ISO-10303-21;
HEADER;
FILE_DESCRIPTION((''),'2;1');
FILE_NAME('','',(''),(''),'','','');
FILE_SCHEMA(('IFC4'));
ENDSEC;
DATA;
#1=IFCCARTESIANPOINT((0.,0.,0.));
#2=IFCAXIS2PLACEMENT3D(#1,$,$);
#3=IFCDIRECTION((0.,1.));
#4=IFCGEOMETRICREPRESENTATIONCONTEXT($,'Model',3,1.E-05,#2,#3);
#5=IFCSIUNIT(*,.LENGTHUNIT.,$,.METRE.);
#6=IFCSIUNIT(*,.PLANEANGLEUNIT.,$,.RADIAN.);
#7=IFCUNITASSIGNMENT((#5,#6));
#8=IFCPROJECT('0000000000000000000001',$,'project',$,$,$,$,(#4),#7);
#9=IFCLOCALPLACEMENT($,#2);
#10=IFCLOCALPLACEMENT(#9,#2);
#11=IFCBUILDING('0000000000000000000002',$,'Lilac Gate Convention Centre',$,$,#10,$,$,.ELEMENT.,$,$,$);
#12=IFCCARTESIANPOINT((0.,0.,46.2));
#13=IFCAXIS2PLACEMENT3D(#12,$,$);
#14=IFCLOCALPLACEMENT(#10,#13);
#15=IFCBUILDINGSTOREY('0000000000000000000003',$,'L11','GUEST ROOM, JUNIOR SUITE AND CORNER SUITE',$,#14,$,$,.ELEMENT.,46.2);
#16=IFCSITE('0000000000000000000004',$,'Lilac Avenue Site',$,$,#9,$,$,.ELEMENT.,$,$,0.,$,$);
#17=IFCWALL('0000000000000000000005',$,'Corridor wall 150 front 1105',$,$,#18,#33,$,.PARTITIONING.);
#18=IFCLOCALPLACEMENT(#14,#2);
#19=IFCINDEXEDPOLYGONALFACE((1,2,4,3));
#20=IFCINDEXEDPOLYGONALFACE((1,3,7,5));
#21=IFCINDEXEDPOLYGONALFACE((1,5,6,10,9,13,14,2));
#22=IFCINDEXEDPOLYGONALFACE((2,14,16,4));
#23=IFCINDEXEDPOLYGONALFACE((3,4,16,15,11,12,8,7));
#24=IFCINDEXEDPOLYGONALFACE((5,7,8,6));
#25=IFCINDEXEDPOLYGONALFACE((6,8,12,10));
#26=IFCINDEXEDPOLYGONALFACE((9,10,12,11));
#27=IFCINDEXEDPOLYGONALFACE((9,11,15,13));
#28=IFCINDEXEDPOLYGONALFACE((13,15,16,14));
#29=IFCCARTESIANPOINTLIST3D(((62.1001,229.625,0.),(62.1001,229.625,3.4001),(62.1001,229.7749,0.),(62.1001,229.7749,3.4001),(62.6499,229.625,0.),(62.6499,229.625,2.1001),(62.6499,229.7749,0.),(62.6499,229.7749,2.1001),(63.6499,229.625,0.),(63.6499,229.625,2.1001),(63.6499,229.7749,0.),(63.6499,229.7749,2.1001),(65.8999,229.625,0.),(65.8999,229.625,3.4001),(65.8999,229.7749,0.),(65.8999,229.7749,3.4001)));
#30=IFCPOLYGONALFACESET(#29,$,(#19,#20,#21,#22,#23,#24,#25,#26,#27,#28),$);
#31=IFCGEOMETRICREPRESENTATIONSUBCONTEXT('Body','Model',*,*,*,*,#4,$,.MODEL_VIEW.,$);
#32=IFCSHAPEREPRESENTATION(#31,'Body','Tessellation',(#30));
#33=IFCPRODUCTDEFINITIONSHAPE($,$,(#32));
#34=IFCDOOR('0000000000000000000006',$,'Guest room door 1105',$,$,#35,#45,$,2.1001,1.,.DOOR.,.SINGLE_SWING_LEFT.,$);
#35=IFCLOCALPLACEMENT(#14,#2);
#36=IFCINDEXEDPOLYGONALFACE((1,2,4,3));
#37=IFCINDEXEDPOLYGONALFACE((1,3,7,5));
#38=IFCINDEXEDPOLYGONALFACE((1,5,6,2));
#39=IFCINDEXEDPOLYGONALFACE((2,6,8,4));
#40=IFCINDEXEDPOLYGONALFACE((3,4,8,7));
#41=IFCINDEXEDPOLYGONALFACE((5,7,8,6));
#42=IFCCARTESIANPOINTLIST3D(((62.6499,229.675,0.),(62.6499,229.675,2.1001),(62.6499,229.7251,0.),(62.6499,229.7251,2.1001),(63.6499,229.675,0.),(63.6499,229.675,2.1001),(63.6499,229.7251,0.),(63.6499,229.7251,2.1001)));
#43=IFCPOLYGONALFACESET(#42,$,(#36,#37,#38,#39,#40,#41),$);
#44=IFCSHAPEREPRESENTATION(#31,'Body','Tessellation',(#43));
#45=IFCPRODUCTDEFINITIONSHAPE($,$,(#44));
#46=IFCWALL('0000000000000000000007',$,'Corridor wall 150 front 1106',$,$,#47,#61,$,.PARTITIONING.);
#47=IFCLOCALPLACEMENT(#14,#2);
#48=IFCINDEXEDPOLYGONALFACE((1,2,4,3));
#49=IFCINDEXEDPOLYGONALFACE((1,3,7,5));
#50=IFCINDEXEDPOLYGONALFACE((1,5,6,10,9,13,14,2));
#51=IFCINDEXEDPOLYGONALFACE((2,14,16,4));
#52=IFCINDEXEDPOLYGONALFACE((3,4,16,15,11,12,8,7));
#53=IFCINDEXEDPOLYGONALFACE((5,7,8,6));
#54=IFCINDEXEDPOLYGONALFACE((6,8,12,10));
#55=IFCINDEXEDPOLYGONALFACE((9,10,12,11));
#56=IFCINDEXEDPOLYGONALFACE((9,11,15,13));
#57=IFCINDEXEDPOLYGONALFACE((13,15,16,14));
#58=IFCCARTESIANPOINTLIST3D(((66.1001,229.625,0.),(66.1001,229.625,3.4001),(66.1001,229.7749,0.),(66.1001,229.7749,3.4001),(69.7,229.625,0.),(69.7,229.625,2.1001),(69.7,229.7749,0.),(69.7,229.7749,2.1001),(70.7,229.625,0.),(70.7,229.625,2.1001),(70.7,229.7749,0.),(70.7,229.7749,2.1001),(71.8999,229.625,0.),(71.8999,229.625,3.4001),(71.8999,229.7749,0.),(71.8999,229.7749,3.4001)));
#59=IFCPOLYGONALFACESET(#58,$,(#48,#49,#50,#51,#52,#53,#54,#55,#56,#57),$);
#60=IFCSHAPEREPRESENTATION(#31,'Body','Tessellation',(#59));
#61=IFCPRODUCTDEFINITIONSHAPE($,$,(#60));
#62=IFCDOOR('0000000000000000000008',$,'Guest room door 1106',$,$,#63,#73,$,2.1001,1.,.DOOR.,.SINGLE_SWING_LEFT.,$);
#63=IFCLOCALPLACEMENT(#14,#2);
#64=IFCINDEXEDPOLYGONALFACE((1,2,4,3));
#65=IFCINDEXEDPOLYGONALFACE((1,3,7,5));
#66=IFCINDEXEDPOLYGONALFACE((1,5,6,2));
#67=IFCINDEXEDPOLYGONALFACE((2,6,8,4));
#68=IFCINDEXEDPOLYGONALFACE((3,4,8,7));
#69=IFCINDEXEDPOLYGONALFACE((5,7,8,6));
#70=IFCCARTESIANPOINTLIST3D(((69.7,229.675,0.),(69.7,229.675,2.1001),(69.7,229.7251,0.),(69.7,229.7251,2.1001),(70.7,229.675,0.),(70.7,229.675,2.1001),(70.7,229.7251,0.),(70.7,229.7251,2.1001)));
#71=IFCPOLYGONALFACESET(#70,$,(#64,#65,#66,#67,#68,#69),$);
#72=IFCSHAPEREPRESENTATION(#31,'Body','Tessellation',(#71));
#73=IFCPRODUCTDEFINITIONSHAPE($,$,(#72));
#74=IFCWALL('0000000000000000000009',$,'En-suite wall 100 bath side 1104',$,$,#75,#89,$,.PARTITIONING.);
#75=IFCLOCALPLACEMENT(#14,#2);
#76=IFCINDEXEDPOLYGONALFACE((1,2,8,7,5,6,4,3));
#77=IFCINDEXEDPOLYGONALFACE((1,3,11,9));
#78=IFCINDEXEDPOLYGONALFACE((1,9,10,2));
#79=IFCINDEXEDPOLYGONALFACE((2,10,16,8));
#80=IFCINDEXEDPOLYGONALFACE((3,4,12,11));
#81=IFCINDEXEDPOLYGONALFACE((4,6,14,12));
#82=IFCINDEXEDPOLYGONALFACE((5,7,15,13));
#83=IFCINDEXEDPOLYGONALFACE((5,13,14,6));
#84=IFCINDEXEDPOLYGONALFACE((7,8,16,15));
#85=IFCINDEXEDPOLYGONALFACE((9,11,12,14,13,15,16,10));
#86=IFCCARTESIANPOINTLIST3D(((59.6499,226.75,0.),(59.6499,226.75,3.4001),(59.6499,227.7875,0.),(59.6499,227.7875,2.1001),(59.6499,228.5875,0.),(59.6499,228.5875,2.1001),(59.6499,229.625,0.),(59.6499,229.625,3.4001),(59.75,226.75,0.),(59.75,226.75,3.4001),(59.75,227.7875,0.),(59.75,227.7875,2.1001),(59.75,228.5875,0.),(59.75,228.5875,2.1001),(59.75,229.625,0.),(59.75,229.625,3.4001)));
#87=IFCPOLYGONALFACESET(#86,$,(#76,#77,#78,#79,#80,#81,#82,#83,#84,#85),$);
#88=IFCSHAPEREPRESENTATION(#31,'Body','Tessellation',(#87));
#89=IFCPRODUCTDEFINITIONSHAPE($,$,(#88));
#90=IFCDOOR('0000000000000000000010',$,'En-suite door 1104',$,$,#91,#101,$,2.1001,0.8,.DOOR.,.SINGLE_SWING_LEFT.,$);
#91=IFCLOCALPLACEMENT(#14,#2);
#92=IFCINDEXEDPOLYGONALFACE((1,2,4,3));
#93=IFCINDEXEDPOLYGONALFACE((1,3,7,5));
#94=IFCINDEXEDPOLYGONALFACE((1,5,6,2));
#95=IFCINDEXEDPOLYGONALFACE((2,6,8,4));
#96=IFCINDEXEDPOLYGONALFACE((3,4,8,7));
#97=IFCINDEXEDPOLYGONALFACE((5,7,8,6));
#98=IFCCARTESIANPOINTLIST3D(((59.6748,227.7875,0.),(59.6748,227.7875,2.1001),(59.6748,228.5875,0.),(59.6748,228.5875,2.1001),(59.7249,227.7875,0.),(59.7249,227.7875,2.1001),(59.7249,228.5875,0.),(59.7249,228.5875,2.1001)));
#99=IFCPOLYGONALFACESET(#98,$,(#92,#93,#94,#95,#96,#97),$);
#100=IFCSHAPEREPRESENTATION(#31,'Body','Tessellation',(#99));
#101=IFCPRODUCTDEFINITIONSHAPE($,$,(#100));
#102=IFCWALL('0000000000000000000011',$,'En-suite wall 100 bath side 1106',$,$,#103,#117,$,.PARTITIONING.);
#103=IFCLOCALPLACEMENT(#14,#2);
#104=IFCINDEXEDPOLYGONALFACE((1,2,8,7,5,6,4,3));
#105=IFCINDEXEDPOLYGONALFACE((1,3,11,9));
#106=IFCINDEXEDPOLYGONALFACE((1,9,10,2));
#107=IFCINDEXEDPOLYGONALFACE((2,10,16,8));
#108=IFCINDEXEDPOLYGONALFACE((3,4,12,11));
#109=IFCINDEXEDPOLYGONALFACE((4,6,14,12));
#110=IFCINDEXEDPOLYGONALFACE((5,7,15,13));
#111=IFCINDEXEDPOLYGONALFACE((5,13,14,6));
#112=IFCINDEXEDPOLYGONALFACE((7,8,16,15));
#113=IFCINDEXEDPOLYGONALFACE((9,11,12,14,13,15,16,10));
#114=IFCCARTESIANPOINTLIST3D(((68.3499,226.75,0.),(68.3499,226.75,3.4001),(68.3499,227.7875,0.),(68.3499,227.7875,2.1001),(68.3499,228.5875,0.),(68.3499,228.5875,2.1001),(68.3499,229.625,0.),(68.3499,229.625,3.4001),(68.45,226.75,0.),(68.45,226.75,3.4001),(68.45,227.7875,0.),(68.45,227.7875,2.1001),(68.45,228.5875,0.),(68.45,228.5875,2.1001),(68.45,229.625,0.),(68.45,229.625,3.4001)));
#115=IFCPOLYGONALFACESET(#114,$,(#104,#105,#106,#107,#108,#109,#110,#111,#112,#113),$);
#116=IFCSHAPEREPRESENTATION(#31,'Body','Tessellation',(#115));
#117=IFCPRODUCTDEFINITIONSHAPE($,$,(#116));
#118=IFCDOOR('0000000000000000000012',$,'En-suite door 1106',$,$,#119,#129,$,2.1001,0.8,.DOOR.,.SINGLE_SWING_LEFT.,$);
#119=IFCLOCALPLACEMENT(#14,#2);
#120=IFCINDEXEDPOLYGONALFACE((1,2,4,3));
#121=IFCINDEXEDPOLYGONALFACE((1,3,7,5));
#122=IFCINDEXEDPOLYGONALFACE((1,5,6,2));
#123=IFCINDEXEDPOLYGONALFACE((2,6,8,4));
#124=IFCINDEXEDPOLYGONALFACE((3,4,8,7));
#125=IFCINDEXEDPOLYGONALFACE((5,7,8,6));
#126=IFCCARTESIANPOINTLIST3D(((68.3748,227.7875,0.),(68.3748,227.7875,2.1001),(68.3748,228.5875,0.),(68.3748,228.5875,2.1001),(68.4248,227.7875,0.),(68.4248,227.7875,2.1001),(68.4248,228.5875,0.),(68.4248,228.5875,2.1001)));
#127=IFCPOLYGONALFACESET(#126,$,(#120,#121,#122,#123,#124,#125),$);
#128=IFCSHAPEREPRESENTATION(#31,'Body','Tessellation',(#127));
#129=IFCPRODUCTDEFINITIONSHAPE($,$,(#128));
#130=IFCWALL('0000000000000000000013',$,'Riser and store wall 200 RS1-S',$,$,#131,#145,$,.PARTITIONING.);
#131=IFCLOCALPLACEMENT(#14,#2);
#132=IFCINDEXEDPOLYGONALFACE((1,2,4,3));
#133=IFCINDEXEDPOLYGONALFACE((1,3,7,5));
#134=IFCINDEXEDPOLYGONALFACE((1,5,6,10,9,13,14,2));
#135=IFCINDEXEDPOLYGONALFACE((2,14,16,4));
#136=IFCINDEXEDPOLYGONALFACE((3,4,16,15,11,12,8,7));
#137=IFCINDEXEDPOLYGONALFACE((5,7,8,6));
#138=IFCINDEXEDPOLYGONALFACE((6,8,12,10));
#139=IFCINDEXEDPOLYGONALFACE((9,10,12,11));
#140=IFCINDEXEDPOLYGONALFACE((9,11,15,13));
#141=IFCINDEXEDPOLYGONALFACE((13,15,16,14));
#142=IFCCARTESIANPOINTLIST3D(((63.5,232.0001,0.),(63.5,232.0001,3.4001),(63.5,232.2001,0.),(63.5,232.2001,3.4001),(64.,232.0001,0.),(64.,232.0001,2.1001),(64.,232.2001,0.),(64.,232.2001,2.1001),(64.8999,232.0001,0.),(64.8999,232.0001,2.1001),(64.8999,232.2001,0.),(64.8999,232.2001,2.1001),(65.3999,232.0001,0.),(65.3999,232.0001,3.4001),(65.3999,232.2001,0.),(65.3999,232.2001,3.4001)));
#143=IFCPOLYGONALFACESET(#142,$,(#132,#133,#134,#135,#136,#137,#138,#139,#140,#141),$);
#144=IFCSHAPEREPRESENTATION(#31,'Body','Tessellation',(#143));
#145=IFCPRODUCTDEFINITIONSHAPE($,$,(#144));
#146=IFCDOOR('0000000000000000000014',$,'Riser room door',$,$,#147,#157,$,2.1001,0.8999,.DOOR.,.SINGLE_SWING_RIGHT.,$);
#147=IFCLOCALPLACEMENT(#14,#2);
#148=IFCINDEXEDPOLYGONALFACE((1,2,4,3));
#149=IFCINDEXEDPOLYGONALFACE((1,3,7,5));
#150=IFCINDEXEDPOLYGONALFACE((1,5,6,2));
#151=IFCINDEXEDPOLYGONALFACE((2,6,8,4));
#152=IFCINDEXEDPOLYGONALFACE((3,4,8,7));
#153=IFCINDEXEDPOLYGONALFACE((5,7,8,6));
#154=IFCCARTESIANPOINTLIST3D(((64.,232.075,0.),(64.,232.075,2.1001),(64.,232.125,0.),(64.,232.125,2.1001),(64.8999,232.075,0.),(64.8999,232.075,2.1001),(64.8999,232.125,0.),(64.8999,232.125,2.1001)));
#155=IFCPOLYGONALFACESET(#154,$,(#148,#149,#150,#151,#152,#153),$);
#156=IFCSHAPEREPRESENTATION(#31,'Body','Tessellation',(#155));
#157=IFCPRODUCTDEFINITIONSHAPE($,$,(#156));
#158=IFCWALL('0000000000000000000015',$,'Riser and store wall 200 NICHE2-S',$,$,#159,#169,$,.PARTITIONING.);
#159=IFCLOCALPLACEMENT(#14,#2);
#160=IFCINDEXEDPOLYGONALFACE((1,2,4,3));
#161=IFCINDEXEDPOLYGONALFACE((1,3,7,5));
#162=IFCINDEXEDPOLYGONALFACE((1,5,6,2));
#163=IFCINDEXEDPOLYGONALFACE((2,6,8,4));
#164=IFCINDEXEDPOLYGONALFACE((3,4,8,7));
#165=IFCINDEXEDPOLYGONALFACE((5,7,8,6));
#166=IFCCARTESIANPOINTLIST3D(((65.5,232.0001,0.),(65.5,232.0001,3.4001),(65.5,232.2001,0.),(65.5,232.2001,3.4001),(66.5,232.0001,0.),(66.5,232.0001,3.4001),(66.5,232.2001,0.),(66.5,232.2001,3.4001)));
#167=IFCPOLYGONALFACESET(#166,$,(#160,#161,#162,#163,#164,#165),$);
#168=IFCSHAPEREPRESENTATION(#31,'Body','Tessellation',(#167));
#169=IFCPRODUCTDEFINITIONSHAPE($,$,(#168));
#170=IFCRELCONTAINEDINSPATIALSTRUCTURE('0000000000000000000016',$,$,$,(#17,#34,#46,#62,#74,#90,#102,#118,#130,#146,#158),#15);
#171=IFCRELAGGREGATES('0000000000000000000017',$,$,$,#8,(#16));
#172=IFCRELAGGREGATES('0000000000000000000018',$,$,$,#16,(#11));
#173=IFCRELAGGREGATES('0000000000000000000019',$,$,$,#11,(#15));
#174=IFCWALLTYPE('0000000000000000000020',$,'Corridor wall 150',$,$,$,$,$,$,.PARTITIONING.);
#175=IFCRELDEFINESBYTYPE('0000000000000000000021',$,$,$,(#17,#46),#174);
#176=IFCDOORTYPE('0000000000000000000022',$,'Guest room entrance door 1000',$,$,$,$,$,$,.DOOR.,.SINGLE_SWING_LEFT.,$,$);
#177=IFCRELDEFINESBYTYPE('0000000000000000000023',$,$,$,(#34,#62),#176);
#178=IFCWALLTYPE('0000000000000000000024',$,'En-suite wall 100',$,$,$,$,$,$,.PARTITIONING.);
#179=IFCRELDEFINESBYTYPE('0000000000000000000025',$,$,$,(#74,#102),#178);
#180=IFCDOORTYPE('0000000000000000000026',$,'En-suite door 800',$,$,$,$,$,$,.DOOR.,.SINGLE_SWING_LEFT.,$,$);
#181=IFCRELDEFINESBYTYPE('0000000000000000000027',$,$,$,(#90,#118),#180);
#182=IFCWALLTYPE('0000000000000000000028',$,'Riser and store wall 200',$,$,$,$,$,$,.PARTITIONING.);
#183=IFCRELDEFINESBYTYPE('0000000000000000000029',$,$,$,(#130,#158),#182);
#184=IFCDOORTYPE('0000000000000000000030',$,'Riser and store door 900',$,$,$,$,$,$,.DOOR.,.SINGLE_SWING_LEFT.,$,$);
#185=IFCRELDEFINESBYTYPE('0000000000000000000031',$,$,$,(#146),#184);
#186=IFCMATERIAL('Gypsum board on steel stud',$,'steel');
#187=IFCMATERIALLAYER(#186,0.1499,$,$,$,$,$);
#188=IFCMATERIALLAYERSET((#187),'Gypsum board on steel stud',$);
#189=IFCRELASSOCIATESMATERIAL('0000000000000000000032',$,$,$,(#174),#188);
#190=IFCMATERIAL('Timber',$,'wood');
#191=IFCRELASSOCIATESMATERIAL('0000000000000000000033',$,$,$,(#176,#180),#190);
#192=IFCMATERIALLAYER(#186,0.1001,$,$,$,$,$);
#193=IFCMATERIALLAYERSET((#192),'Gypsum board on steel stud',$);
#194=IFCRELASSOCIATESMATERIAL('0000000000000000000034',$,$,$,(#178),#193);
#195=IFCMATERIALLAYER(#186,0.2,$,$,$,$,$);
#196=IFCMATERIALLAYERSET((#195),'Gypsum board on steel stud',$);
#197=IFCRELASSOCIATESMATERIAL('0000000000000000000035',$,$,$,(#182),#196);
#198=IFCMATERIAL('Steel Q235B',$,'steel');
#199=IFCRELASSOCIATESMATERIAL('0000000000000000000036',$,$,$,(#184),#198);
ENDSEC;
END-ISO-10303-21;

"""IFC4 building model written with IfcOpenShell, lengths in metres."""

from ifc_helpers import new_model, si_unit, direction, frame, frame_2d, origin, place, context, subcontext, project, spatial, rectangle, extrude, material, layer, layer_set, type_object, element, fill, save


model = new_model("IFC4")

# Units and contexts
model_context = context("Model", 3, precision=1e-05, world=origin(), true_north=direction((0.0, 1.0)))
body_context = subcontext(model_context, "Body", "Model", "MODEL_VIEW")
ifc_project = project(units=[si_unit("LENGTHUNIT", "METRE"), si_unit("PLANEANGLEUNIT", "RADIAN")], contexts=[model_context])

# Site, building, storey
site_placement = place(None, origin())
site = spatial("IfcSite", under=ifc_project, at=site_placement, Name="Lilac Avenue Site", CompositionType="ELEMENT", RefElevation=0.0)
building_placement = place(site_placement, origin())
building = spatial("IfcBuilding", under=site, at=building_placement, Name="Lilac Gate Convention Centre", CompositionType="ELEMENT")
storey_placement = place(building_placement, frame((0.0, 0.0, 46.2)))
storey = spatial("IfcBuildingStorey", under=building, at=storey_placement, Name="L11", Description="GUEST ROOM, JUNIOR SUITE AND CORNER SUITE", CompositionType="ELEMENT", Elevation=46.2)

# Walls, openings, doors
ifc_material_1 = material(Name="Gypsum board on steel stud", Category="steel")
ifc_layer_1 = layer(ifc_material_1, 0.1499)
ifc_layer_set_1 = layer_set([ifc_layer_1], Name="Gypsum board on steel stud")
wall_type_1 = type_object("IfcWallType", Name="Corridor wall 150", PredefinedType="PARTITIONING", material=ifc_layer_set_1)
ifc_material_2 = material(Name="Timber", Category="wood")
door_type_1 = type_object("IfcDoorType", Name="Guest room entrance door 1000", OperationType="SINGLE_SWING_LEFT", PredefinedType="DOOR", material=ifc_material_2)
wall_1_placement = place(storey_placement, frame((65.8999, 229.7, 0.0), z_axis=(0.0, 0.0, 1.0), x_axis=(-1.0, 0.0, 0.0)))
wall_1 = element("IfcWall", 1, at=wall_1_placement, inside=storey, type_object=wall_type_1, Name="Corridor wall 150 front 1105", PredefinedType="PARTITIONING", context=body_context, shape_type="SweptSolid", body=[
    extrude(rectangle(XDim=3.7998, YDim=0.1499, at=frame_2d((1.8999, 0.0))), origin(), (0.0, 0.0, 1.0), 3.4001),
])
opening_1_placement = place(wall_1_placement, frame((2.25, 0.0, 0.0)))
opening_1 = element("IfcOpeningElement", 2, at=opening_1_placement, cuts=wall_1, PredefinedType="OPENING", context=body_context, shape_type="SweptSolid", body=[
    extrude(rectangle(XDim=1.0, YDim=2.1001, at=frame_2d((0.5, 1.05))), frame((0.0, 0.085, 0.0), z_axis=(0.0, -1.0, 0.0), x_axis=(1.0, 0.0, 0.0)), (0.0, 0.0, 1.0), 0.1699),
])
door_1_placement = place(opening_1_placement, origin())
door_1 = element("IfcDoor", 3, at=door_1_placement, inside=storey, type_object=door_type_1, Name="Guest room door 1105", OperationType="SINGLE_SWING_LEFT", OverallHeight=2.1001, OverallWidth=1.0, PredefinedType="DOOR", context=body_context, shape_type="SweptSolid", body=[
    extrude(rectangle(XDim=1.0, YDim=2.1001, at=frame_2d((0.5, 1.05))), frame((0.0, 0.0249, 0.0), z_axis=(0.0, -1.0, 0.0), x_axis=(1.0, 0.0, 0.0)), (0.0, 0.0, 1.0), 0.05),
])
fill(opening_1, door_1)
wall_2_placement = place(storey_placement, frame((71.8999, 229.7, 0.0), z_axis=(0.0, 0.0, 1.0), x_axis=(-1.0, 0.0, 0.0)))
wall_2 = element("IfcWall", 4, at=wall_2_placement, inside=storey, type_object=wall_type_1, Name="Corridor wall 150 front 1106", PredefinedType="PARTITIONING", context=body_context, shape_type="SweptSolid", body=[
    extrude(rectangle(XDim=5.7998, YDim=0.1499, at=frame_2d((2.8999, 0.0))), origin(), (0.0, 0.0, 1.0), 3.4001),
])
opening_2_placement = place(wall_2_placement, frame((1.2, 0.0, 0.0)))
opening_2 = element("IfcOpeningElement", 5, at=opening_2_placement, cuts=wall_2, PredefinedType="OPENING", context=body_context, shape_type="SweptSolid", body=[
    extrude(rectangle(XDim=1.0, YDim=2.1001, at=frame_2d((0.5, 1.05))), frame((0.0, 0.085, 0.0), z_axis=(0.0, -1.0, 0.0), x_axis=(1.0, 0.0, 0.0)), (0.0, 0.0, 1.0), 0.1699),
])
door_2_placement = place(opening_2_placement, origin())
door_2 = element("IfcDoor", 6, at=door_2_placement, inside=storey, type_object=door_type_1, Name="Guest room door 1106", OperationType="SINGLE_SWING_LEFT", OverallHeight=2.1001, OverallWidth=1.0, PredefinedType="DOOR", context=body_context, shape_type="SweptSolid", body=[
    extrude(rectangle(XDim=1.0, YDim=2.1001, at=frame_2d((0.5, 1.05))), frame((0.0, 0.0249, 0.0), z_axis=(0.0, -1.0, 0.0), x_axis=(1.0, 0.0, 0.0)), (0.0, 0.0, 1.0), 0.05),
])
fill(opening_2, door_2)
ifc_layer_2 = layer(ifc_material_1, 0.1001)
ifc_layer_set_2 = layer_set([ifc_layer_2], Name="Gypsum board on steel stud")
wall_type_2 = type_object("IfcWallType", Name="En-suite wall 100", PredefinedType="PARTITIONING", material=ifc_layer_set_2)
wall_3_placement = place(storey_placement, frame((59.7, 229.625, 0.0), z_axis=(0.0, 0.0, 1.0), x_axis=(0.0, -1.0, 0.0)))
wall_3 = element("IfcWall", 7, at=wall_3_placement, inside=storey, type_object=wall_type_2, Name="En-suite wall 100 bath side 1104", PredefinedType="PARTITIONING", context=body_context, shape_type="SweptSolid", body=[
    extrude(rectangle(XDim=2.875, YDim=0.1001, at=frame_2d((1.4375, 0.0))), origin(), (0.0, 0.0, 1.0), 3.4001),
])
opening_3_placement = place(wall_3_placement, frame((1.0376, 0.0, 0.0)))
opening_3 = element("IfcOpeningElement", 8, at=opening_3_placement, cuts=wall_3, PredefinedType="OPENING", context=body_context, shape_type="SweptSolid", body=[
    extrude(rectangle(XDim=0.8, YDim=2.1001, at=frame_2d((0.3999, 1.05))), frame((0.0, 0.0601, 0.0), z_axis=(0.0, -1.0, 0.0), x_axis=(1.0, 0.0, 0.0)), (0.0, 0.0, 1.0), 0.1201),
])
door_type_2 = type_object("IfcDoorType", Name="En-suite door 800", OperationType="SINGLE_SWING_LEFT", PredefinedType="DOOR", material=ifc_material_2)
door_3_placement = place(opening_3_placement, origin())
door_3 = element("IfcDoor", 9, at=door_3_placement, inside=storey, type_object=door_type_2, Name="En-suite door 1104", OperationType="SINGLE_SWING_LEFT", OverallHeight=2.1001, OverallWidth=0.8, PredefinedType="DOOR", context=body_context, shape_type="SweptSolid", body=[
    extrude(rectangle(XDim=0.8, YDim=2.1001, at=frame_2d((0.3999, 1.05))), frame((0.0, 0.0249, 0.0), z_axis=(0.0, -1.0, 0.0), x_axis=(1.0, 0.0, 0.0)), (0.0, 0.0, 1.0), 0.05),
])
fill(opening_3, door_3)
wall_4_placement = place(storey_placement, frame((68.3999, 229.625, 0.0), z_axis=(0.0, 0.0, 1.0), x_axis=(0.0, -1.0, 0.0)))
wall_4 = element("IfcWall", 10, at=wall_4_placement, inside=storey, type_object=wall_type_2, Name="En-suite wall 100 bath side 1106", PredefinedType="PARTITIONING", context=body_context, shape_type="SweptSolid", body=[
    extrude(rectangle(XDim=2.875, YDim=0.1001, at=frame_2d((1.4375, 0.0))), origin(), (0.0, 0.0, 1.0), 3.4001),
])
opening_4_placement = place(wall_4_placement, frame((1.0376, 0.0, 0.0)))
opening_4 = element("IfcOpeningElement", 11, at=opening_4_placement, cuts=wall_4, PredefinedType="OPENING", context=body_context, shape_type="SweptSolid", body=[
    extrude(rectangle(XDim=0.8, YDim=2.1001, at=frame_2d((0.3999, 1.05))), frame((0.0, 0.0601, 0.0), z_axis=(0.0, -1.0, 0.0), x_axis=(1.0, 0.0, 0.0)), (0.0, 0.0, 1.0), 0.1201),
])
door_4_placement = place(opening_4_placement, origin())
door_4 = element("IfcDoor", 12, at=door_4_placement, inside=storey, type_object=door_type_2, Name="En-suite door 1106", OperationType="SINGLE_SWING_LEFT", OverallHeight=2.1001, OverallWidth=0.8, PredefinedType="DOOR", context=body_context, shape_type="SweptSolid", body=[
    extrude(rectangle(XDim=0.8, YDim=2.1001, at=frame_2d((0.3999, 1.05))), frame((0.0, 0.0249, 0.0), z_axis=(0.0, -1.0, 0.0), x_axis=(1.0, 0.0, 0.0)), (0.0, 0.0, 1.0), 0.05),
])
fill(opening_4, door_4)
ifc_layer_3 = layer(ifc_material_1, 0.2)
ifc_layer_set_3 = layer_set([ifc_layer_3], Name="Gypsum board on steel stud")
wall_type_3 = type_object("IfcWallType", Name="Riser and store wall 200", PredefinedType="PARTITIONING", material=ifc_layer_set_3)
wall_5_placement = place(storey_placement, frame((63.5, 232.1001, 0.0), z_axis=(0.0, 0.0, 1.0), x_axis=(1.0, 0.0, 0.0)))
wall_5 = element("IfcWall", 13, at=wall_5_placement, inside=storey, type_object=wall_type_3, Name="Riser and store wall 200 RS1-S", PredefinedType="PARTITIONING", context=body_context, shape_type="SweptSolid", body=[
    extrude(rectangle(XDim=1.8999, YDim=0.2, at=frame_2d((0.95, 0.0))), origin(), (0.0, 0.0, 1.0), 3.4001),
])
opening_5_placement = place(wall_5_placement, frame((0.5, 0.0, 0.0)))
opening_5 = element("IfcOpeningElement", 14, at=opening_5_placement, cuts=wall_5, PredefinedType="OPENING", context=body_context, shape_type="SweptSolid", body=[
    extrude(rectangle(XDim=0.8999, YDim=2.1001, at=frame_2d((0.45, 1.05))), frame((0.0, 0.1099, 0.0), z_axis=(0.0, -1.0, 0.0), x_axis=(1.0, 0.0, 0.0)), (0.0, 0.0, 1.0), 0.22),
])
ifc_material_3 = material(Name="Steel Q235B", Category="steel")
door_type_3 = type_object("IfcDoorType", Name="Riser and store door 900", OperationType="SINGLE_SWING_LEFT", PredefinedType="DOOR", material=ifc_material_3)
door_5_placement = place(opening_5_placement, origin())
door_5 = element("IfcDoor", 15, at=door_5_placement, inside=storey, type_object=door_type_3, Name="Riser room door", OperationType="SINGLE_SWING_RIGHT", OverallHeight=2.1001, OverallWidth=0.8999, PredefinedType="DOOR", context=body_context, shape_type="SweptSolid", body=[
    extrude(rectangle(XDim=0.8999, YDim=2.1001, at=frame_2d((0.45, 1.05))), frame((0.0, 0.0249, 0.0), z_axis=(0.0, -1.0, 0.0), x_axis=(1.0, 0.0, 0.0)), (0.0, 0.0, 1.0), 0.05),
])
fill(opening_5, door_5)

# Wall
wall_6_placement = place(storey_placement, frame((65.5, 232.1001, 0.0), z_axis=(0.0, 0.0, 1.0), x_axis=(1.0, 0.0, 0.0)))
element("IfcWall", 16, at=wall_6_placement, inside=storey, type_object=wall_type_3, Name="Riser and store wall 200 NICHE2-S", PredefinedType="PARTITIONING", context=body_context, shape_type="SweptSolid", body=[
    extrude(rectangle(XDim=1.0, YDim=0.2, at=frame_2d((0.5, 0.0))), origin(), (0.0, 0.0, 1.0), 3.4001),
])

save(model, "model.ifc")
